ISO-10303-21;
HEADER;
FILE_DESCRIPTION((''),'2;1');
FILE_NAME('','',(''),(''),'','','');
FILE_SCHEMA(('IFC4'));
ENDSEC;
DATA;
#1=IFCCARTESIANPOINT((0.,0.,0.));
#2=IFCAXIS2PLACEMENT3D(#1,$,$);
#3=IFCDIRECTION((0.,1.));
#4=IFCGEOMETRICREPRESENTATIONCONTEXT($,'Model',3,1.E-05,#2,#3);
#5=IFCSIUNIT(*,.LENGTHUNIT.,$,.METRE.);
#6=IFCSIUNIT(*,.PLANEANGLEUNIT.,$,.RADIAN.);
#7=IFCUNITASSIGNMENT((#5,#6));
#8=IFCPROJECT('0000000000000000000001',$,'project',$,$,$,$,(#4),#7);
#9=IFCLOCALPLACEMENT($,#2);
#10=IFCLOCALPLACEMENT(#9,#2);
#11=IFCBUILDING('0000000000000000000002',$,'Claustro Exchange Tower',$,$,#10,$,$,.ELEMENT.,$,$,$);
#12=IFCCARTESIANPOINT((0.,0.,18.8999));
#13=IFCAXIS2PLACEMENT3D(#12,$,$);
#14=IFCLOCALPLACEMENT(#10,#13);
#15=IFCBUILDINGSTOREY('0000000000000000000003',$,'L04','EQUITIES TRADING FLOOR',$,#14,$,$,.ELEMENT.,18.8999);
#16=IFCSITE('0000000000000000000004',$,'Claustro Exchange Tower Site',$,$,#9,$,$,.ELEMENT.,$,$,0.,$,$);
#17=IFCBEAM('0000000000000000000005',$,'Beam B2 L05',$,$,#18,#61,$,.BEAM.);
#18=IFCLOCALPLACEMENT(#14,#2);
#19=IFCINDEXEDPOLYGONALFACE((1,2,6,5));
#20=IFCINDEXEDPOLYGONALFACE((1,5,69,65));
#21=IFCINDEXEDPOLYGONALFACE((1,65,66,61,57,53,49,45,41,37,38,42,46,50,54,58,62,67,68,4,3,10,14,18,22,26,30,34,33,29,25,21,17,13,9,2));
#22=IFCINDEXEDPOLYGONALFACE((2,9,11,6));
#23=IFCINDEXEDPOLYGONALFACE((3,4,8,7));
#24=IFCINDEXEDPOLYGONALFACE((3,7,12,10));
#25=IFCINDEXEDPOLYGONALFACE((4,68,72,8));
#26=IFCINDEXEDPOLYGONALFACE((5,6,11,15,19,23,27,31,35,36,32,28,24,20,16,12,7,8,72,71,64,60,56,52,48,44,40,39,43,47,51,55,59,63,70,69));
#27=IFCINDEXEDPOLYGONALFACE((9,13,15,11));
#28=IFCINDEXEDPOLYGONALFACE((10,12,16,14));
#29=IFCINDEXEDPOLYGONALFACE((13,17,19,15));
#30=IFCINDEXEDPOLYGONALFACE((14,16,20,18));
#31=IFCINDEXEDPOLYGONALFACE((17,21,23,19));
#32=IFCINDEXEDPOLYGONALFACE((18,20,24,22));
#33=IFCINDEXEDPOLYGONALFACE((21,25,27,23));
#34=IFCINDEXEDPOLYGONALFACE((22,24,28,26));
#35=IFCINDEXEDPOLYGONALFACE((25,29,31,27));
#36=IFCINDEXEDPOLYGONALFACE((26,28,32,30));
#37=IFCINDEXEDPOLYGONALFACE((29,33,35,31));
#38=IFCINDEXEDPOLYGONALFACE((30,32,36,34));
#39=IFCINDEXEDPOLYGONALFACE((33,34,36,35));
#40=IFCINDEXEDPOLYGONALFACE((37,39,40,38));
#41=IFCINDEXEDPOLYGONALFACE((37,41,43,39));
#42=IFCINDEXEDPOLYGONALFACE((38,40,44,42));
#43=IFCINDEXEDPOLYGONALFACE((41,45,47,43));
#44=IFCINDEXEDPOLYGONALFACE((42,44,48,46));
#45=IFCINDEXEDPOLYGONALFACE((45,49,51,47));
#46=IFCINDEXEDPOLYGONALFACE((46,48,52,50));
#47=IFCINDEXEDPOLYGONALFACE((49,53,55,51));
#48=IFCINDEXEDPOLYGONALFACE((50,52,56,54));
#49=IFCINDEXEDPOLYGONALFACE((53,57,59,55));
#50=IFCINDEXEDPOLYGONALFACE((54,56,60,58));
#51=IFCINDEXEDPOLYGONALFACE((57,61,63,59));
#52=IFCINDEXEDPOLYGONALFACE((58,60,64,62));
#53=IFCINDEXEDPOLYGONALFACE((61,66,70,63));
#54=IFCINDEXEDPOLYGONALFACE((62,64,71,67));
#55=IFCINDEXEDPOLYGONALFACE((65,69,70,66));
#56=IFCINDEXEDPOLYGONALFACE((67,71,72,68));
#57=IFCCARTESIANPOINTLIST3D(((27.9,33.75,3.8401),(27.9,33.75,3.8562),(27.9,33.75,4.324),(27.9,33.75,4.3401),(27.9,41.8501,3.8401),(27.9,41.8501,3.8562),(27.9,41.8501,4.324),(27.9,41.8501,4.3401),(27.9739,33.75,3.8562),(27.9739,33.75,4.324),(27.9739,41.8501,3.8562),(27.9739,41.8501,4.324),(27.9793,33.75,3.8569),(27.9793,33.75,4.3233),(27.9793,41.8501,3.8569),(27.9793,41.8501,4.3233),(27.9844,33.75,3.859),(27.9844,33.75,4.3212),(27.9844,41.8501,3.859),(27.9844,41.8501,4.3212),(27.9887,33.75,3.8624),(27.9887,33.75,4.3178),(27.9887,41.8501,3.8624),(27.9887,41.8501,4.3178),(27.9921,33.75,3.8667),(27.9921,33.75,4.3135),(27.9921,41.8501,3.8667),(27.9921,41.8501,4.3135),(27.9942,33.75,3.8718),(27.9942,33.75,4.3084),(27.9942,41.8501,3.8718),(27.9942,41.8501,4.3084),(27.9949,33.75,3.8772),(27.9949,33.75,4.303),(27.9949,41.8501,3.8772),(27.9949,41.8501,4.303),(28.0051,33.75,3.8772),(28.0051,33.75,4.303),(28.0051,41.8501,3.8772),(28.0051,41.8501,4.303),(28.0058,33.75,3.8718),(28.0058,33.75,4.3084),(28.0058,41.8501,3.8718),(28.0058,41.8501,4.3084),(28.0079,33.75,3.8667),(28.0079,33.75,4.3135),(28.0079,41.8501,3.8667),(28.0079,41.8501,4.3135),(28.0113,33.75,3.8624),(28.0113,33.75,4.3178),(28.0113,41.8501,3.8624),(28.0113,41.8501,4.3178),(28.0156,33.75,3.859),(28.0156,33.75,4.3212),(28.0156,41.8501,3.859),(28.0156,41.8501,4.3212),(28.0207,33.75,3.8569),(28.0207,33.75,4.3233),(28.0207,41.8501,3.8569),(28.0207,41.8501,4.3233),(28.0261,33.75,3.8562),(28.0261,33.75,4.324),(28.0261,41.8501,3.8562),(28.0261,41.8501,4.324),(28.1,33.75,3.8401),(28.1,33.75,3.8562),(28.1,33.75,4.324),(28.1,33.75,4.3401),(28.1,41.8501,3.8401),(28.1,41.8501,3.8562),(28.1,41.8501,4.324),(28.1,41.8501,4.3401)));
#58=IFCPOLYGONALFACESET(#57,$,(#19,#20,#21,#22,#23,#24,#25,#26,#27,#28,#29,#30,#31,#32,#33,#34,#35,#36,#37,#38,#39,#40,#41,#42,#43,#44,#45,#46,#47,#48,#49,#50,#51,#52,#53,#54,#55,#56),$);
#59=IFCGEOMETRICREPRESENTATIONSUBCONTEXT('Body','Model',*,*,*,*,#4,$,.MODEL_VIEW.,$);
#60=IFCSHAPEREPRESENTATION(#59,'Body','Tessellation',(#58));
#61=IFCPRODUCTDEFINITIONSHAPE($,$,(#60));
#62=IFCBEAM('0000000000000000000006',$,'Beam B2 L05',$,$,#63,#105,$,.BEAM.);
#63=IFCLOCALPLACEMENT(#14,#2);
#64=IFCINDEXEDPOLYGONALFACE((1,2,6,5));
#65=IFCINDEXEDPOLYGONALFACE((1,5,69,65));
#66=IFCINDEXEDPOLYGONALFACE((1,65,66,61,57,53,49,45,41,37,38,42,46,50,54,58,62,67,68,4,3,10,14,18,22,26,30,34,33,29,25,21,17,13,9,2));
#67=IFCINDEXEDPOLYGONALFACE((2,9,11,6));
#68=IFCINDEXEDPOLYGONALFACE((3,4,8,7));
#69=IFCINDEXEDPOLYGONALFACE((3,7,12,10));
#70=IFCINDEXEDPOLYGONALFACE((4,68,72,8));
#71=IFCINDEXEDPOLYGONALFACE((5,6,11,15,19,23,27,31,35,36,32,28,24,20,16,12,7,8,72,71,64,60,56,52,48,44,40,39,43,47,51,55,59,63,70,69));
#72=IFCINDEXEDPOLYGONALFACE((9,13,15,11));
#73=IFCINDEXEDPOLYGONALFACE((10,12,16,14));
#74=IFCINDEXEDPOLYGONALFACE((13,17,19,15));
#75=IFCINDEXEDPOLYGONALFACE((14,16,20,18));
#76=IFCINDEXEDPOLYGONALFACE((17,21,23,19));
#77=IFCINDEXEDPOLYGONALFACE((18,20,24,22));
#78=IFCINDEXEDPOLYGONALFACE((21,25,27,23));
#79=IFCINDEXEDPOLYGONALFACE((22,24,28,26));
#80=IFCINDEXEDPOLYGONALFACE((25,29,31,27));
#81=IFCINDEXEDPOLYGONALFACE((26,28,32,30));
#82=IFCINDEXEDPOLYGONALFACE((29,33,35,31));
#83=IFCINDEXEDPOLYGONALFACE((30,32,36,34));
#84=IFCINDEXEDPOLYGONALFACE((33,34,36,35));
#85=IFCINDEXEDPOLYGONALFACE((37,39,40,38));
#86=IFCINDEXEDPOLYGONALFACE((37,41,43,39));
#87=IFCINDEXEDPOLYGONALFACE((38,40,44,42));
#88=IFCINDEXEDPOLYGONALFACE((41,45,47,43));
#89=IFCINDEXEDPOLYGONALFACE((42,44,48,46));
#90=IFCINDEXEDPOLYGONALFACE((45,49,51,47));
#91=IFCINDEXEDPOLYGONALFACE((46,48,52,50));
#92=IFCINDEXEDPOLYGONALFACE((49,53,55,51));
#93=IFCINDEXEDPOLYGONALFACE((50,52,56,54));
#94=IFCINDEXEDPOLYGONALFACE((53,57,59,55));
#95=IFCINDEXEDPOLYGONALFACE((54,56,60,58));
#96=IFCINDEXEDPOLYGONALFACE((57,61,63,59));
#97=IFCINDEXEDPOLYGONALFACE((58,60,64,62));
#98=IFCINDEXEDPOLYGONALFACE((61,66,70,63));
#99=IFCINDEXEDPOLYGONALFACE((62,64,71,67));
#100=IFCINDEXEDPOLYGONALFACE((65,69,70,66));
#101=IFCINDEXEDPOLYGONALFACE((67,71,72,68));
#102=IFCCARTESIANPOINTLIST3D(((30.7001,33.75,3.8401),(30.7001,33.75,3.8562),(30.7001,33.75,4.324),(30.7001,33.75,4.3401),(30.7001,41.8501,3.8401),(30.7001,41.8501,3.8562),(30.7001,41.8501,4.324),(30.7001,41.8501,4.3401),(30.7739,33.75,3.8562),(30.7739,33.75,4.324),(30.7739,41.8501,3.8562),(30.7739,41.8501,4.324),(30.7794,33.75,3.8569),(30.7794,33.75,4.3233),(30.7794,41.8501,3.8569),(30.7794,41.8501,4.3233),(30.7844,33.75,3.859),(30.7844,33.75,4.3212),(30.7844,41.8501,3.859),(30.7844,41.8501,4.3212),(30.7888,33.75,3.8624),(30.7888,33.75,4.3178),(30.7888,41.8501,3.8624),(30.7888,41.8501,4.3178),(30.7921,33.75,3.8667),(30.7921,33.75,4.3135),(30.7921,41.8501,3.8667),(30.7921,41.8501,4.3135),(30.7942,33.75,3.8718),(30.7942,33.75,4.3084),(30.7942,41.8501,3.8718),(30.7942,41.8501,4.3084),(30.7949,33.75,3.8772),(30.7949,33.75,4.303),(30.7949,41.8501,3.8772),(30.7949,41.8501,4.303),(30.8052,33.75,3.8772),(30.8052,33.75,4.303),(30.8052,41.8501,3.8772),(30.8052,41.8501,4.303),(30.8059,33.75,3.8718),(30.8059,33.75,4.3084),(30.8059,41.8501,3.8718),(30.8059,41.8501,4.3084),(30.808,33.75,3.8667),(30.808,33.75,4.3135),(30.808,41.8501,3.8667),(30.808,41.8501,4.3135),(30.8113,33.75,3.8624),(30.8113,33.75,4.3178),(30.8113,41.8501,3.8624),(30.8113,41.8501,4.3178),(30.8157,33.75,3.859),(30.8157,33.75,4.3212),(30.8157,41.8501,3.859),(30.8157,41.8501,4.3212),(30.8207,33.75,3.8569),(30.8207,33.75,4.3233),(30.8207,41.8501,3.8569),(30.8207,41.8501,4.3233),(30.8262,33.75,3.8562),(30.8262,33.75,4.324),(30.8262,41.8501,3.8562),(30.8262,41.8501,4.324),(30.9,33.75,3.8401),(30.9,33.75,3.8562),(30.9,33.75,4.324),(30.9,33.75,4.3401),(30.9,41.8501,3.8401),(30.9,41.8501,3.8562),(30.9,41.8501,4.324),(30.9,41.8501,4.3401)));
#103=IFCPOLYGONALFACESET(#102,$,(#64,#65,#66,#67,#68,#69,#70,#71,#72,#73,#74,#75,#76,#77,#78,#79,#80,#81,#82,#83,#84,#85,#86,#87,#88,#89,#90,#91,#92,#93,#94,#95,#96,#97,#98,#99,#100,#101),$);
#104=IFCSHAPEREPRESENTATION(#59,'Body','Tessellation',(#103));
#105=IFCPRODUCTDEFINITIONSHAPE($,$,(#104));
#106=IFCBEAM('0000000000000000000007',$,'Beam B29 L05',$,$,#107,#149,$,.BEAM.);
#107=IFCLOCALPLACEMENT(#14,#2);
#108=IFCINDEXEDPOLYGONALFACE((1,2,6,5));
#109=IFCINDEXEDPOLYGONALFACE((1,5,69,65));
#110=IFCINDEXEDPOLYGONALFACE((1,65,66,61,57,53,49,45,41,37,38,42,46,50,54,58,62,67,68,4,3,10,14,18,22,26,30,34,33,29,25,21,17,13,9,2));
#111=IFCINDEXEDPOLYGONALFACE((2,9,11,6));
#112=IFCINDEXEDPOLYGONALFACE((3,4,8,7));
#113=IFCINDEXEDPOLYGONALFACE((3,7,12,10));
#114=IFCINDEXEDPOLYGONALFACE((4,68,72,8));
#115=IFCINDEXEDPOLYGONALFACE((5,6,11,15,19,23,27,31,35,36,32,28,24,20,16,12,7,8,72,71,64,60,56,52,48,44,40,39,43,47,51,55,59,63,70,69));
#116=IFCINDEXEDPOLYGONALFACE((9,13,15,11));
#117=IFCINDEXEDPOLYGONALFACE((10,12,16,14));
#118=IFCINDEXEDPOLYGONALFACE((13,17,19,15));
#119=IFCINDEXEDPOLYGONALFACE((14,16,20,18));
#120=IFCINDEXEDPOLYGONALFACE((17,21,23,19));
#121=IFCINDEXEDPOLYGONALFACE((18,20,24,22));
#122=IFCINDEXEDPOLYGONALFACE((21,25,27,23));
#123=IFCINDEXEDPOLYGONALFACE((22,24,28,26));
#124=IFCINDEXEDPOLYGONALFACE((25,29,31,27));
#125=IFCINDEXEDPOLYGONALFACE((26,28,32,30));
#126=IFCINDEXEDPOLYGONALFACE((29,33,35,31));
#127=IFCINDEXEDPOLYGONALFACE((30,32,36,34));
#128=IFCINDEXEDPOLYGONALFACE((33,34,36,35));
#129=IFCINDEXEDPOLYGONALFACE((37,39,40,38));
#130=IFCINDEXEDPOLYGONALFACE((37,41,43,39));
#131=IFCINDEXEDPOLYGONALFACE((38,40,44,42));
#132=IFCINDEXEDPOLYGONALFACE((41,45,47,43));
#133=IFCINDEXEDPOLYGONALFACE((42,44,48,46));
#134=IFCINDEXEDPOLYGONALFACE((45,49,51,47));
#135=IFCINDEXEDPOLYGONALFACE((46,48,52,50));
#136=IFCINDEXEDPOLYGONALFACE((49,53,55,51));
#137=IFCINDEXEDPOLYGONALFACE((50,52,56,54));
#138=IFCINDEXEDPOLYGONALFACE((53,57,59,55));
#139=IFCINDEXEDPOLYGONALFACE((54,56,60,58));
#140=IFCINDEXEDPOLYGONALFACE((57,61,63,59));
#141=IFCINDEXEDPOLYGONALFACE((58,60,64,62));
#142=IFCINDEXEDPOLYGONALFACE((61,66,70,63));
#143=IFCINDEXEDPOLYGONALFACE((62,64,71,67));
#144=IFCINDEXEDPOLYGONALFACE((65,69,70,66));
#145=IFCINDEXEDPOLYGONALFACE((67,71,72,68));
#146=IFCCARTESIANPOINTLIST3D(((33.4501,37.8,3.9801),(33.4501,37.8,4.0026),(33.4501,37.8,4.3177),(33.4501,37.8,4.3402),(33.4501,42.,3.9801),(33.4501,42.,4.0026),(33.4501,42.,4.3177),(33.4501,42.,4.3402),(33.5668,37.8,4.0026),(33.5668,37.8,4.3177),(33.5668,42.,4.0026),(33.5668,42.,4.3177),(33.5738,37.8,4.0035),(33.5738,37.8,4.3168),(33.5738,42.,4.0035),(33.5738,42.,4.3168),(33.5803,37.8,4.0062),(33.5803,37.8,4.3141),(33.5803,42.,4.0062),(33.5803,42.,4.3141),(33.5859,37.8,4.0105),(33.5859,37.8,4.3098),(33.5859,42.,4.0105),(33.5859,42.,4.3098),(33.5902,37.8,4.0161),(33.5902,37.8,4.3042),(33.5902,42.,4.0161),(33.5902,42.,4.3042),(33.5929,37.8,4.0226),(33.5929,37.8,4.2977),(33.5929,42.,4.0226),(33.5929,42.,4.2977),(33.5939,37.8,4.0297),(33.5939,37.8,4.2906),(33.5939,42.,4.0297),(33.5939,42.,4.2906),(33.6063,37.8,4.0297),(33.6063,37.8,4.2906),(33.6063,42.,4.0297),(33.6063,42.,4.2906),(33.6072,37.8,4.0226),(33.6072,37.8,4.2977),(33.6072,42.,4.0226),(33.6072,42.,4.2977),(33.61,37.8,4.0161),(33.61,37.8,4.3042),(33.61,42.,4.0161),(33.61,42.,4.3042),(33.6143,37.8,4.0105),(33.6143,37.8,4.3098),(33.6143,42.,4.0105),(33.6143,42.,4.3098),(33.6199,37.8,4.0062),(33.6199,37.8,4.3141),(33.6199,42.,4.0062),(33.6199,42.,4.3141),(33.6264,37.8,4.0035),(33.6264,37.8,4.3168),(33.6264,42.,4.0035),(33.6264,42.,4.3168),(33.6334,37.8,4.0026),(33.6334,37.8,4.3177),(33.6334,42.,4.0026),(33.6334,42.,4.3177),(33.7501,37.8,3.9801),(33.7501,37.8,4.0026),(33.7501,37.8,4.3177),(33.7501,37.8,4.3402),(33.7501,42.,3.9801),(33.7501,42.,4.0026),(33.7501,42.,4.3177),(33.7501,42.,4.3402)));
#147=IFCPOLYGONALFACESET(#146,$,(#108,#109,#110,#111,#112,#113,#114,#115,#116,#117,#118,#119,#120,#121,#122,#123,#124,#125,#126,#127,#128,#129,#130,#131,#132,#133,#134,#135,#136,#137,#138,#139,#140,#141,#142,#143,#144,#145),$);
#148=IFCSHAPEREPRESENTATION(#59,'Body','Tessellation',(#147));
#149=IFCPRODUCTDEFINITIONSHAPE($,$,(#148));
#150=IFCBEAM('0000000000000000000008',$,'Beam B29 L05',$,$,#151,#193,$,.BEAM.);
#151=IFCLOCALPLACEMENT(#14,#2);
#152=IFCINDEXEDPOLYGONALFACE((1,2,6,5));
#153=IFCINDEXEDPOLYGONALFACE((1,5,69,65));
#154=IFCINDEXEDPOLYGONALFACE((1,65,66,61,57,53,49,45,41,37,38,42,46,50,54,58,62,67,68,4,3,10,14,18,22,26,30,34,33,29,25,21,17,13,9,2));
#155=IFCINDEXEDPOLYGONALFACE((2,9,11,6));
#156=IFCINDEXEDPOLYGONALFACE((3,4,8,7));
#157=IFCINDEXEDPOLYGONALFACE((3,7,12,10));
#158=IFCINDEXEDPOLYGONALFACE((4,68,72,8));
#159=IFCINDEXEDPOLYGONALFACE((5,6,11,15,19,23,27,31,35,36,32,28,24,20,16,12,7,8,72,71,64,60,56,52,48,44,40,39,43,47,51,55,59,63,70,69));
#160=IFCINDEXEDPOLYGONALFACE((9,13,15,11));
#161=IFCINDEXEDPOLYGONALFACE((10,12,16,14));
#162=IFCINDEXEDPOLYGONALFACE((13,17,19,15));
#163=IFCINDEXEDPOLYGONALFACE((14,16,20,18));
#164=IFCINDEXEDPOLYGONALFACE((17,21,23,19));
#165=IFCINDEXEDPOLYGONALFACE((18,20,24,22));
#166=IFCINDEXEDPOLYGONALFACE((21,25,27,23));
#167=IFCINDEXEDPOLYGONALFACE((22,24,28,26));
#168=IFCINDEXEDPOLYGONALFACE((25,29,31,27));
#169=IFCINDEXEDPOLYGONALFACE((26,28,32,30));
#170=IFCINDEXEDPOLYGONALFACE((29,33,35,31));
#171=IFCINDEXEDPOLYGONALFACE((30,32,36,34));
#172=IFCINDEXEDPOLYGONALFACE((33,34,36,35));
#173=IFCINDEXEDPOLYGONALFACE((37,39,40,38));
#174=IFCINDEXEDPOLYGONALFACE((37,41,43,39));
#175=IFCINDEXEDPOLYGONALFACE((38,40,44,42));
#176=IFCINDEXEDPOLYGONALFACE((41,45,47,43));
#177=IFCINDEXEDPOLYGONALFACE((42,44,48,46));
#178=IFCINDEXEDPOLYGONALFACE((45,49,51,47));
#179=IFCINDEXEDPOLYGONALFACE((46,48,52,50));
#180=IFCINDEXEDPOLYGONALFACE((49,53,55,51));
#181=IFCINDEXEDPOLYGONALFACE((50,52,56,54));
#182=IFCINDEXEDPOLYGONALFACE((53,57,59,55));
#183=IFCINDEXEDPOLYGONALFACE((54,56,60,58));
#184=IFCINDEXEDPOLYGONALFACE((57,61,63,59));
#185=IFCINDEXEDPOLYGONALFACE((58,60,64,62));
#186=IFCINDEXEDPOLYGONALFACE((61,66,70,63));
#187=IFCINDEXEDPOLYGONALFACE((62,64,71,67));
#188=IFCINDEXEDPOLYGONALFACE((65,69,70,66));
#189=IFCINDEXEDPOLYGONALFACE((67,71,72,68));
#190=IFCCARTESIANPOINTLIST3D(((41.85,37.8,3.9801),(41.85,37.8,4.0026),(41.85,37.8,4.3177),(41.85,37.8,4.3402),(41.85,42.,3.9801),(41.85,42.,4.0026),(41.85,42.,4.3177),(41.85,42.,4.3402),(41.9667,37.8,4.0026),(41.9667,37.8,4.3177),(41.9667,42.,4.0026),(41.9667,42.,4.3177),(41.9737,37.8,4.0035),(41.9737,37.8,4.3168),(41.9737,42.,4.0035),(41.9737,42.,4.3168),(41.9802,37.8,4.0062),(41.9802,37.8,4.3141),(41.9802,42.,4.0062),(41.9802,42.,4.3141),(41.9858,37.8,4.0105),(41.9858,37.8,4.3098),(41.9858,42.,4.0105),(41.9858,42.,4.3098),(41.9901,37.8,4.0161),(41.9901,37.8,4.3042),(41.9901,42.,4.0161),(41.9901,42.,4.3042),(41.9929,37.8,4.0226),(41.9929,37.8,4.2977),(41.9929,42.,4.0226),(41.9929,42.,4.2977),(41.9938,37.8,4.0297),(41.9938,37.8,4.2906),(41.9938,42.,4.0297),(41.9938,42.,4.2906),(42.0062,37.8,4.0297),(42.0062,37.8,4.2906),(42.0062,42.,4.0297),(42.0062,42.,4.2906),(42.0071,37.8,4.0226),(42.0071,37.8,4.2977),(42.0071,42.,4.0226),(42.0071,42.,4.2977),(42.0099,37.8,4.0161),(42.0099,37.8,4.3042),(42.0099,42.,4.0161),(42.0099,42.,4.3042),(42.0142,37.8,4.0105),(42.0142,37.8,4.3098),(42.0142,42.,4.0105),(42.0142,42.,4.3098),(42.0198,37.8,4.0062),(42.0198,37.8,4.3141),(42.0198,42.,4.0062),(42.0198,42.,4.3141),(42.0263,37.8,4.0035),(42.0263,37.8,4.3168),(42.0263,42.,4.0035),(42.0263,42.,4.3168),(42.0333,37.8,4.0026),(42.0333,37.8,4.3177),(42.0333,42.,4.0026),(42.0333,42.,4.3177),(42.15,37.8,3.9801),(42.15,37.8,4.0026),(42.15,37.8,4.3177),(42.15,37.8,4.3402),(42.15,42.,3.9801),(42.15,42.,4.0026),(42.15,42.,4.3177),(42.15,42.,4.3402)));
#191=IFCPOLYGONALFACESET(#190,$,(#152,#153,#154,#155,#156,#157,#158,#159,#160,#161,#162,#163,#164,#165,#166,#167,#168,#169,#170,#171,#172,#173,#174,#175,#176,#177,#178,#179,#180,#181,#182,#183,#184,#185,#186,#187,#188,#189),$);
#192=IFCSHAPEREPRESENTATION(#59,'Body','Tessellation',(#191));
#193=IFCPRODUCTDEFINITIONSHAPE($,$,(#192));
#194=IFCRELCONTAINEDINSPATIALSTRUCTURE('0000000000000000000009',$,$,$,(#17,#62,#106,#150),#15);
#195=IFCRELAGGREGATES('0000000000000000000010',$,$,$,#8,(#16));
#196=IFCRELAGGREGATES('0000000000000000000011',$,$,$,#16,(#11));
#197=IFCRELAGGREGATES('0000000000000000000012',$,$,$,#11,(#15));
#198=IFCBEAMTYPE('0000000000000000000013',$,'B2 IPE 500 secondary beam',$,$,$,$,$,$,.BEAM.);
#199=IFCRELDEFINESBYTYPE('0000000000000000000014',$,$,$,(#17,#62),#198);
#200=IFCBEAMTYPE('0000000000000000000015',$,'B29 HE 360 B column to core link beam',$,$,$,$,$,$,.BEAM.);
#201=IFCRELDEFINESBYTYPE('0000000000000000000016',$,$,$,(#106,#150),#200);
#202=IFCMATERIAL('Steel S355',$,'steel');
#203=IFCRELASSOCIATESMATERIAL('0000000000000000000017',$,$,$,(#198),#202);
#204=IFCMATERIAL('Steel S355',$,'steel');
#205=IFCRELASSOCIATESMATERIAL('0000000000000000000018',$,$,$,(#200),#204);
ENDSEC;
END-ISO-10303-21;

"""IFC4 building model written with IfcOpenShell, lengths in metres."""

from ifc_helpers import new_model, si_unit, direction, frame, origin, origin_2d, place, context, subcontext, project, spatial, i_section, extrude, material, material_profile, profile_set, type_object, element, save


model = new_model("IFC4")

# Units and contexts
model_context = context("Model", 3, precision=1e-05, world=origin(), true_north=direction((0.0, 1.0)))
body_context = subcontext(model_context, "Body", "Model", "MODEL_VIEW")
ifc_project = project(units=[si_unit("LENGTHUNIT", "METRE"), si_unit("PLANEANGLEUNIT", "RADIAN")], contexts=[model_context])

# Site, building, storey
site_placement = place(None, origin())
site = spatial("IfcSite", under=ifc_project, at=site_placement, Name="Claustro Exchange Tower Site", CompositionType="ELEMENT", RefElevation=0.0)
building_placement = place(site_placement, origin())
building = spatial("IfcBuilding", under=site, at=building_placement, Name="Claustro Exchange Tower", CompositionType="ELEMENT")
storey_placement = place(building_placement, frame((0.0, 0.0, 18.8999)))
storey = spatial("IfcBuildingStorey", under=building, at=storey_placement, Name="L04", Description="EQUITIES TRADING FLOOR", CompositionType="ELEMENT", Elevation=18.8999)

# Beams
ifc_material_1 = material(Name="Steel S355", Category="steel")
ifc_material_profile_1 = material_profile(ifc_material_1, i_section(OverallWidth=0.2, OverallDepth=0.5, WebThickness=0.0103, FlangeThickness=0.0161, FilletRadius=0.021, at=origin_2d()), Name="IPE 500")
ifc_profile_set_1 = profile_set([ifc_material_profile_1], Name="Steel S355")
beam_type_1 = type_object("IfcBeamType", Name="B2 IPE 500 secondary beam", PredefinedType="BEAM", material=ifc_profile_set_1)
for number, where, z_axis, x_axis, name in (
    (1, (28.0, 33.75, 4.0901), (0.0, 1.0, 0.0), (-1.0, 0.0, 0.0), "Beam B2 L05"),
    (2, (30.8, 33.75, 4.0901), (0.0, 1.0, 0.0), (-1.0, 0.0, 0.0), "Beam B2 L05"),
):
    element("IfcBeam", number, at=place(storey_placement, frame(where, z_axis=z_axis, x_axis=x_axis)), inside=storey, type_object=beam_type_1, Name=name, PredefinedType="BEAM", context=body_context, shape_type="SweptSolid", body=[
        extrude(i_section(OverallWidth=0.2, OverallDepth=0.5, WebThickness=0.0103, FlangeThickness=0.0161, FilletRadius=0.021, at=origin_2d()), origin(), (0.0, 0.0, 1.0), 8.1001),
    ])
ifc_material_2 = material(Name="Steel S355", Category="steel")
ifc_material_profile_2 = material_profile(ifc_material_2, i_section(OverallWidth=0.3, OverallDepth=0.3601, WebThickness=0.0125, FlangeThickness=0.0225, FilletRadius=0.0271, at=origin_2d()), Name="HE 360 B")
ifc_profile_set_2 = profile_set([ifc_material_profile_2], Name="Steel S355")
beam_type_2 = type_object("IfcBeamType", Name="B29 HE 360 B column to core link beam", PredefinedType="BEAM", material=ifc_profile_set_2)
for number, where, z_axis, x_axis, name in (
    (3, (33.6001, 37.8, 4.1602), (0.0, 1.0, 0.0), (-1.0, 0.0, 0.0), "Beam B29 L05"),
    (4, (42.0, 37.8, 4.1602), (0.0, 1.0, 0.0), (-1.0, 0.0, 0.0), "Beam B29 L05"),
):
    element("IfcBeam", number, at=place(storey_placement, frame(where, z_axis=z_axis, x_axis=x_axis)), inside=storey, type_object=beam_type_2, Name=name, PredefinedType="BEAM", context=body_context, shape_type="SweptSolid", body=[
        extrude(i_section(OverallWidth=0.3, OverallDepth=0.3601, WebThickness=0.0125, FlangeThickness=0.0225, FilletRadius=0.0271, at=origin_2d()), origin(), (0.0, 0.0, 1.0), 4.2),
    ])

save(model, "model.ifc")
